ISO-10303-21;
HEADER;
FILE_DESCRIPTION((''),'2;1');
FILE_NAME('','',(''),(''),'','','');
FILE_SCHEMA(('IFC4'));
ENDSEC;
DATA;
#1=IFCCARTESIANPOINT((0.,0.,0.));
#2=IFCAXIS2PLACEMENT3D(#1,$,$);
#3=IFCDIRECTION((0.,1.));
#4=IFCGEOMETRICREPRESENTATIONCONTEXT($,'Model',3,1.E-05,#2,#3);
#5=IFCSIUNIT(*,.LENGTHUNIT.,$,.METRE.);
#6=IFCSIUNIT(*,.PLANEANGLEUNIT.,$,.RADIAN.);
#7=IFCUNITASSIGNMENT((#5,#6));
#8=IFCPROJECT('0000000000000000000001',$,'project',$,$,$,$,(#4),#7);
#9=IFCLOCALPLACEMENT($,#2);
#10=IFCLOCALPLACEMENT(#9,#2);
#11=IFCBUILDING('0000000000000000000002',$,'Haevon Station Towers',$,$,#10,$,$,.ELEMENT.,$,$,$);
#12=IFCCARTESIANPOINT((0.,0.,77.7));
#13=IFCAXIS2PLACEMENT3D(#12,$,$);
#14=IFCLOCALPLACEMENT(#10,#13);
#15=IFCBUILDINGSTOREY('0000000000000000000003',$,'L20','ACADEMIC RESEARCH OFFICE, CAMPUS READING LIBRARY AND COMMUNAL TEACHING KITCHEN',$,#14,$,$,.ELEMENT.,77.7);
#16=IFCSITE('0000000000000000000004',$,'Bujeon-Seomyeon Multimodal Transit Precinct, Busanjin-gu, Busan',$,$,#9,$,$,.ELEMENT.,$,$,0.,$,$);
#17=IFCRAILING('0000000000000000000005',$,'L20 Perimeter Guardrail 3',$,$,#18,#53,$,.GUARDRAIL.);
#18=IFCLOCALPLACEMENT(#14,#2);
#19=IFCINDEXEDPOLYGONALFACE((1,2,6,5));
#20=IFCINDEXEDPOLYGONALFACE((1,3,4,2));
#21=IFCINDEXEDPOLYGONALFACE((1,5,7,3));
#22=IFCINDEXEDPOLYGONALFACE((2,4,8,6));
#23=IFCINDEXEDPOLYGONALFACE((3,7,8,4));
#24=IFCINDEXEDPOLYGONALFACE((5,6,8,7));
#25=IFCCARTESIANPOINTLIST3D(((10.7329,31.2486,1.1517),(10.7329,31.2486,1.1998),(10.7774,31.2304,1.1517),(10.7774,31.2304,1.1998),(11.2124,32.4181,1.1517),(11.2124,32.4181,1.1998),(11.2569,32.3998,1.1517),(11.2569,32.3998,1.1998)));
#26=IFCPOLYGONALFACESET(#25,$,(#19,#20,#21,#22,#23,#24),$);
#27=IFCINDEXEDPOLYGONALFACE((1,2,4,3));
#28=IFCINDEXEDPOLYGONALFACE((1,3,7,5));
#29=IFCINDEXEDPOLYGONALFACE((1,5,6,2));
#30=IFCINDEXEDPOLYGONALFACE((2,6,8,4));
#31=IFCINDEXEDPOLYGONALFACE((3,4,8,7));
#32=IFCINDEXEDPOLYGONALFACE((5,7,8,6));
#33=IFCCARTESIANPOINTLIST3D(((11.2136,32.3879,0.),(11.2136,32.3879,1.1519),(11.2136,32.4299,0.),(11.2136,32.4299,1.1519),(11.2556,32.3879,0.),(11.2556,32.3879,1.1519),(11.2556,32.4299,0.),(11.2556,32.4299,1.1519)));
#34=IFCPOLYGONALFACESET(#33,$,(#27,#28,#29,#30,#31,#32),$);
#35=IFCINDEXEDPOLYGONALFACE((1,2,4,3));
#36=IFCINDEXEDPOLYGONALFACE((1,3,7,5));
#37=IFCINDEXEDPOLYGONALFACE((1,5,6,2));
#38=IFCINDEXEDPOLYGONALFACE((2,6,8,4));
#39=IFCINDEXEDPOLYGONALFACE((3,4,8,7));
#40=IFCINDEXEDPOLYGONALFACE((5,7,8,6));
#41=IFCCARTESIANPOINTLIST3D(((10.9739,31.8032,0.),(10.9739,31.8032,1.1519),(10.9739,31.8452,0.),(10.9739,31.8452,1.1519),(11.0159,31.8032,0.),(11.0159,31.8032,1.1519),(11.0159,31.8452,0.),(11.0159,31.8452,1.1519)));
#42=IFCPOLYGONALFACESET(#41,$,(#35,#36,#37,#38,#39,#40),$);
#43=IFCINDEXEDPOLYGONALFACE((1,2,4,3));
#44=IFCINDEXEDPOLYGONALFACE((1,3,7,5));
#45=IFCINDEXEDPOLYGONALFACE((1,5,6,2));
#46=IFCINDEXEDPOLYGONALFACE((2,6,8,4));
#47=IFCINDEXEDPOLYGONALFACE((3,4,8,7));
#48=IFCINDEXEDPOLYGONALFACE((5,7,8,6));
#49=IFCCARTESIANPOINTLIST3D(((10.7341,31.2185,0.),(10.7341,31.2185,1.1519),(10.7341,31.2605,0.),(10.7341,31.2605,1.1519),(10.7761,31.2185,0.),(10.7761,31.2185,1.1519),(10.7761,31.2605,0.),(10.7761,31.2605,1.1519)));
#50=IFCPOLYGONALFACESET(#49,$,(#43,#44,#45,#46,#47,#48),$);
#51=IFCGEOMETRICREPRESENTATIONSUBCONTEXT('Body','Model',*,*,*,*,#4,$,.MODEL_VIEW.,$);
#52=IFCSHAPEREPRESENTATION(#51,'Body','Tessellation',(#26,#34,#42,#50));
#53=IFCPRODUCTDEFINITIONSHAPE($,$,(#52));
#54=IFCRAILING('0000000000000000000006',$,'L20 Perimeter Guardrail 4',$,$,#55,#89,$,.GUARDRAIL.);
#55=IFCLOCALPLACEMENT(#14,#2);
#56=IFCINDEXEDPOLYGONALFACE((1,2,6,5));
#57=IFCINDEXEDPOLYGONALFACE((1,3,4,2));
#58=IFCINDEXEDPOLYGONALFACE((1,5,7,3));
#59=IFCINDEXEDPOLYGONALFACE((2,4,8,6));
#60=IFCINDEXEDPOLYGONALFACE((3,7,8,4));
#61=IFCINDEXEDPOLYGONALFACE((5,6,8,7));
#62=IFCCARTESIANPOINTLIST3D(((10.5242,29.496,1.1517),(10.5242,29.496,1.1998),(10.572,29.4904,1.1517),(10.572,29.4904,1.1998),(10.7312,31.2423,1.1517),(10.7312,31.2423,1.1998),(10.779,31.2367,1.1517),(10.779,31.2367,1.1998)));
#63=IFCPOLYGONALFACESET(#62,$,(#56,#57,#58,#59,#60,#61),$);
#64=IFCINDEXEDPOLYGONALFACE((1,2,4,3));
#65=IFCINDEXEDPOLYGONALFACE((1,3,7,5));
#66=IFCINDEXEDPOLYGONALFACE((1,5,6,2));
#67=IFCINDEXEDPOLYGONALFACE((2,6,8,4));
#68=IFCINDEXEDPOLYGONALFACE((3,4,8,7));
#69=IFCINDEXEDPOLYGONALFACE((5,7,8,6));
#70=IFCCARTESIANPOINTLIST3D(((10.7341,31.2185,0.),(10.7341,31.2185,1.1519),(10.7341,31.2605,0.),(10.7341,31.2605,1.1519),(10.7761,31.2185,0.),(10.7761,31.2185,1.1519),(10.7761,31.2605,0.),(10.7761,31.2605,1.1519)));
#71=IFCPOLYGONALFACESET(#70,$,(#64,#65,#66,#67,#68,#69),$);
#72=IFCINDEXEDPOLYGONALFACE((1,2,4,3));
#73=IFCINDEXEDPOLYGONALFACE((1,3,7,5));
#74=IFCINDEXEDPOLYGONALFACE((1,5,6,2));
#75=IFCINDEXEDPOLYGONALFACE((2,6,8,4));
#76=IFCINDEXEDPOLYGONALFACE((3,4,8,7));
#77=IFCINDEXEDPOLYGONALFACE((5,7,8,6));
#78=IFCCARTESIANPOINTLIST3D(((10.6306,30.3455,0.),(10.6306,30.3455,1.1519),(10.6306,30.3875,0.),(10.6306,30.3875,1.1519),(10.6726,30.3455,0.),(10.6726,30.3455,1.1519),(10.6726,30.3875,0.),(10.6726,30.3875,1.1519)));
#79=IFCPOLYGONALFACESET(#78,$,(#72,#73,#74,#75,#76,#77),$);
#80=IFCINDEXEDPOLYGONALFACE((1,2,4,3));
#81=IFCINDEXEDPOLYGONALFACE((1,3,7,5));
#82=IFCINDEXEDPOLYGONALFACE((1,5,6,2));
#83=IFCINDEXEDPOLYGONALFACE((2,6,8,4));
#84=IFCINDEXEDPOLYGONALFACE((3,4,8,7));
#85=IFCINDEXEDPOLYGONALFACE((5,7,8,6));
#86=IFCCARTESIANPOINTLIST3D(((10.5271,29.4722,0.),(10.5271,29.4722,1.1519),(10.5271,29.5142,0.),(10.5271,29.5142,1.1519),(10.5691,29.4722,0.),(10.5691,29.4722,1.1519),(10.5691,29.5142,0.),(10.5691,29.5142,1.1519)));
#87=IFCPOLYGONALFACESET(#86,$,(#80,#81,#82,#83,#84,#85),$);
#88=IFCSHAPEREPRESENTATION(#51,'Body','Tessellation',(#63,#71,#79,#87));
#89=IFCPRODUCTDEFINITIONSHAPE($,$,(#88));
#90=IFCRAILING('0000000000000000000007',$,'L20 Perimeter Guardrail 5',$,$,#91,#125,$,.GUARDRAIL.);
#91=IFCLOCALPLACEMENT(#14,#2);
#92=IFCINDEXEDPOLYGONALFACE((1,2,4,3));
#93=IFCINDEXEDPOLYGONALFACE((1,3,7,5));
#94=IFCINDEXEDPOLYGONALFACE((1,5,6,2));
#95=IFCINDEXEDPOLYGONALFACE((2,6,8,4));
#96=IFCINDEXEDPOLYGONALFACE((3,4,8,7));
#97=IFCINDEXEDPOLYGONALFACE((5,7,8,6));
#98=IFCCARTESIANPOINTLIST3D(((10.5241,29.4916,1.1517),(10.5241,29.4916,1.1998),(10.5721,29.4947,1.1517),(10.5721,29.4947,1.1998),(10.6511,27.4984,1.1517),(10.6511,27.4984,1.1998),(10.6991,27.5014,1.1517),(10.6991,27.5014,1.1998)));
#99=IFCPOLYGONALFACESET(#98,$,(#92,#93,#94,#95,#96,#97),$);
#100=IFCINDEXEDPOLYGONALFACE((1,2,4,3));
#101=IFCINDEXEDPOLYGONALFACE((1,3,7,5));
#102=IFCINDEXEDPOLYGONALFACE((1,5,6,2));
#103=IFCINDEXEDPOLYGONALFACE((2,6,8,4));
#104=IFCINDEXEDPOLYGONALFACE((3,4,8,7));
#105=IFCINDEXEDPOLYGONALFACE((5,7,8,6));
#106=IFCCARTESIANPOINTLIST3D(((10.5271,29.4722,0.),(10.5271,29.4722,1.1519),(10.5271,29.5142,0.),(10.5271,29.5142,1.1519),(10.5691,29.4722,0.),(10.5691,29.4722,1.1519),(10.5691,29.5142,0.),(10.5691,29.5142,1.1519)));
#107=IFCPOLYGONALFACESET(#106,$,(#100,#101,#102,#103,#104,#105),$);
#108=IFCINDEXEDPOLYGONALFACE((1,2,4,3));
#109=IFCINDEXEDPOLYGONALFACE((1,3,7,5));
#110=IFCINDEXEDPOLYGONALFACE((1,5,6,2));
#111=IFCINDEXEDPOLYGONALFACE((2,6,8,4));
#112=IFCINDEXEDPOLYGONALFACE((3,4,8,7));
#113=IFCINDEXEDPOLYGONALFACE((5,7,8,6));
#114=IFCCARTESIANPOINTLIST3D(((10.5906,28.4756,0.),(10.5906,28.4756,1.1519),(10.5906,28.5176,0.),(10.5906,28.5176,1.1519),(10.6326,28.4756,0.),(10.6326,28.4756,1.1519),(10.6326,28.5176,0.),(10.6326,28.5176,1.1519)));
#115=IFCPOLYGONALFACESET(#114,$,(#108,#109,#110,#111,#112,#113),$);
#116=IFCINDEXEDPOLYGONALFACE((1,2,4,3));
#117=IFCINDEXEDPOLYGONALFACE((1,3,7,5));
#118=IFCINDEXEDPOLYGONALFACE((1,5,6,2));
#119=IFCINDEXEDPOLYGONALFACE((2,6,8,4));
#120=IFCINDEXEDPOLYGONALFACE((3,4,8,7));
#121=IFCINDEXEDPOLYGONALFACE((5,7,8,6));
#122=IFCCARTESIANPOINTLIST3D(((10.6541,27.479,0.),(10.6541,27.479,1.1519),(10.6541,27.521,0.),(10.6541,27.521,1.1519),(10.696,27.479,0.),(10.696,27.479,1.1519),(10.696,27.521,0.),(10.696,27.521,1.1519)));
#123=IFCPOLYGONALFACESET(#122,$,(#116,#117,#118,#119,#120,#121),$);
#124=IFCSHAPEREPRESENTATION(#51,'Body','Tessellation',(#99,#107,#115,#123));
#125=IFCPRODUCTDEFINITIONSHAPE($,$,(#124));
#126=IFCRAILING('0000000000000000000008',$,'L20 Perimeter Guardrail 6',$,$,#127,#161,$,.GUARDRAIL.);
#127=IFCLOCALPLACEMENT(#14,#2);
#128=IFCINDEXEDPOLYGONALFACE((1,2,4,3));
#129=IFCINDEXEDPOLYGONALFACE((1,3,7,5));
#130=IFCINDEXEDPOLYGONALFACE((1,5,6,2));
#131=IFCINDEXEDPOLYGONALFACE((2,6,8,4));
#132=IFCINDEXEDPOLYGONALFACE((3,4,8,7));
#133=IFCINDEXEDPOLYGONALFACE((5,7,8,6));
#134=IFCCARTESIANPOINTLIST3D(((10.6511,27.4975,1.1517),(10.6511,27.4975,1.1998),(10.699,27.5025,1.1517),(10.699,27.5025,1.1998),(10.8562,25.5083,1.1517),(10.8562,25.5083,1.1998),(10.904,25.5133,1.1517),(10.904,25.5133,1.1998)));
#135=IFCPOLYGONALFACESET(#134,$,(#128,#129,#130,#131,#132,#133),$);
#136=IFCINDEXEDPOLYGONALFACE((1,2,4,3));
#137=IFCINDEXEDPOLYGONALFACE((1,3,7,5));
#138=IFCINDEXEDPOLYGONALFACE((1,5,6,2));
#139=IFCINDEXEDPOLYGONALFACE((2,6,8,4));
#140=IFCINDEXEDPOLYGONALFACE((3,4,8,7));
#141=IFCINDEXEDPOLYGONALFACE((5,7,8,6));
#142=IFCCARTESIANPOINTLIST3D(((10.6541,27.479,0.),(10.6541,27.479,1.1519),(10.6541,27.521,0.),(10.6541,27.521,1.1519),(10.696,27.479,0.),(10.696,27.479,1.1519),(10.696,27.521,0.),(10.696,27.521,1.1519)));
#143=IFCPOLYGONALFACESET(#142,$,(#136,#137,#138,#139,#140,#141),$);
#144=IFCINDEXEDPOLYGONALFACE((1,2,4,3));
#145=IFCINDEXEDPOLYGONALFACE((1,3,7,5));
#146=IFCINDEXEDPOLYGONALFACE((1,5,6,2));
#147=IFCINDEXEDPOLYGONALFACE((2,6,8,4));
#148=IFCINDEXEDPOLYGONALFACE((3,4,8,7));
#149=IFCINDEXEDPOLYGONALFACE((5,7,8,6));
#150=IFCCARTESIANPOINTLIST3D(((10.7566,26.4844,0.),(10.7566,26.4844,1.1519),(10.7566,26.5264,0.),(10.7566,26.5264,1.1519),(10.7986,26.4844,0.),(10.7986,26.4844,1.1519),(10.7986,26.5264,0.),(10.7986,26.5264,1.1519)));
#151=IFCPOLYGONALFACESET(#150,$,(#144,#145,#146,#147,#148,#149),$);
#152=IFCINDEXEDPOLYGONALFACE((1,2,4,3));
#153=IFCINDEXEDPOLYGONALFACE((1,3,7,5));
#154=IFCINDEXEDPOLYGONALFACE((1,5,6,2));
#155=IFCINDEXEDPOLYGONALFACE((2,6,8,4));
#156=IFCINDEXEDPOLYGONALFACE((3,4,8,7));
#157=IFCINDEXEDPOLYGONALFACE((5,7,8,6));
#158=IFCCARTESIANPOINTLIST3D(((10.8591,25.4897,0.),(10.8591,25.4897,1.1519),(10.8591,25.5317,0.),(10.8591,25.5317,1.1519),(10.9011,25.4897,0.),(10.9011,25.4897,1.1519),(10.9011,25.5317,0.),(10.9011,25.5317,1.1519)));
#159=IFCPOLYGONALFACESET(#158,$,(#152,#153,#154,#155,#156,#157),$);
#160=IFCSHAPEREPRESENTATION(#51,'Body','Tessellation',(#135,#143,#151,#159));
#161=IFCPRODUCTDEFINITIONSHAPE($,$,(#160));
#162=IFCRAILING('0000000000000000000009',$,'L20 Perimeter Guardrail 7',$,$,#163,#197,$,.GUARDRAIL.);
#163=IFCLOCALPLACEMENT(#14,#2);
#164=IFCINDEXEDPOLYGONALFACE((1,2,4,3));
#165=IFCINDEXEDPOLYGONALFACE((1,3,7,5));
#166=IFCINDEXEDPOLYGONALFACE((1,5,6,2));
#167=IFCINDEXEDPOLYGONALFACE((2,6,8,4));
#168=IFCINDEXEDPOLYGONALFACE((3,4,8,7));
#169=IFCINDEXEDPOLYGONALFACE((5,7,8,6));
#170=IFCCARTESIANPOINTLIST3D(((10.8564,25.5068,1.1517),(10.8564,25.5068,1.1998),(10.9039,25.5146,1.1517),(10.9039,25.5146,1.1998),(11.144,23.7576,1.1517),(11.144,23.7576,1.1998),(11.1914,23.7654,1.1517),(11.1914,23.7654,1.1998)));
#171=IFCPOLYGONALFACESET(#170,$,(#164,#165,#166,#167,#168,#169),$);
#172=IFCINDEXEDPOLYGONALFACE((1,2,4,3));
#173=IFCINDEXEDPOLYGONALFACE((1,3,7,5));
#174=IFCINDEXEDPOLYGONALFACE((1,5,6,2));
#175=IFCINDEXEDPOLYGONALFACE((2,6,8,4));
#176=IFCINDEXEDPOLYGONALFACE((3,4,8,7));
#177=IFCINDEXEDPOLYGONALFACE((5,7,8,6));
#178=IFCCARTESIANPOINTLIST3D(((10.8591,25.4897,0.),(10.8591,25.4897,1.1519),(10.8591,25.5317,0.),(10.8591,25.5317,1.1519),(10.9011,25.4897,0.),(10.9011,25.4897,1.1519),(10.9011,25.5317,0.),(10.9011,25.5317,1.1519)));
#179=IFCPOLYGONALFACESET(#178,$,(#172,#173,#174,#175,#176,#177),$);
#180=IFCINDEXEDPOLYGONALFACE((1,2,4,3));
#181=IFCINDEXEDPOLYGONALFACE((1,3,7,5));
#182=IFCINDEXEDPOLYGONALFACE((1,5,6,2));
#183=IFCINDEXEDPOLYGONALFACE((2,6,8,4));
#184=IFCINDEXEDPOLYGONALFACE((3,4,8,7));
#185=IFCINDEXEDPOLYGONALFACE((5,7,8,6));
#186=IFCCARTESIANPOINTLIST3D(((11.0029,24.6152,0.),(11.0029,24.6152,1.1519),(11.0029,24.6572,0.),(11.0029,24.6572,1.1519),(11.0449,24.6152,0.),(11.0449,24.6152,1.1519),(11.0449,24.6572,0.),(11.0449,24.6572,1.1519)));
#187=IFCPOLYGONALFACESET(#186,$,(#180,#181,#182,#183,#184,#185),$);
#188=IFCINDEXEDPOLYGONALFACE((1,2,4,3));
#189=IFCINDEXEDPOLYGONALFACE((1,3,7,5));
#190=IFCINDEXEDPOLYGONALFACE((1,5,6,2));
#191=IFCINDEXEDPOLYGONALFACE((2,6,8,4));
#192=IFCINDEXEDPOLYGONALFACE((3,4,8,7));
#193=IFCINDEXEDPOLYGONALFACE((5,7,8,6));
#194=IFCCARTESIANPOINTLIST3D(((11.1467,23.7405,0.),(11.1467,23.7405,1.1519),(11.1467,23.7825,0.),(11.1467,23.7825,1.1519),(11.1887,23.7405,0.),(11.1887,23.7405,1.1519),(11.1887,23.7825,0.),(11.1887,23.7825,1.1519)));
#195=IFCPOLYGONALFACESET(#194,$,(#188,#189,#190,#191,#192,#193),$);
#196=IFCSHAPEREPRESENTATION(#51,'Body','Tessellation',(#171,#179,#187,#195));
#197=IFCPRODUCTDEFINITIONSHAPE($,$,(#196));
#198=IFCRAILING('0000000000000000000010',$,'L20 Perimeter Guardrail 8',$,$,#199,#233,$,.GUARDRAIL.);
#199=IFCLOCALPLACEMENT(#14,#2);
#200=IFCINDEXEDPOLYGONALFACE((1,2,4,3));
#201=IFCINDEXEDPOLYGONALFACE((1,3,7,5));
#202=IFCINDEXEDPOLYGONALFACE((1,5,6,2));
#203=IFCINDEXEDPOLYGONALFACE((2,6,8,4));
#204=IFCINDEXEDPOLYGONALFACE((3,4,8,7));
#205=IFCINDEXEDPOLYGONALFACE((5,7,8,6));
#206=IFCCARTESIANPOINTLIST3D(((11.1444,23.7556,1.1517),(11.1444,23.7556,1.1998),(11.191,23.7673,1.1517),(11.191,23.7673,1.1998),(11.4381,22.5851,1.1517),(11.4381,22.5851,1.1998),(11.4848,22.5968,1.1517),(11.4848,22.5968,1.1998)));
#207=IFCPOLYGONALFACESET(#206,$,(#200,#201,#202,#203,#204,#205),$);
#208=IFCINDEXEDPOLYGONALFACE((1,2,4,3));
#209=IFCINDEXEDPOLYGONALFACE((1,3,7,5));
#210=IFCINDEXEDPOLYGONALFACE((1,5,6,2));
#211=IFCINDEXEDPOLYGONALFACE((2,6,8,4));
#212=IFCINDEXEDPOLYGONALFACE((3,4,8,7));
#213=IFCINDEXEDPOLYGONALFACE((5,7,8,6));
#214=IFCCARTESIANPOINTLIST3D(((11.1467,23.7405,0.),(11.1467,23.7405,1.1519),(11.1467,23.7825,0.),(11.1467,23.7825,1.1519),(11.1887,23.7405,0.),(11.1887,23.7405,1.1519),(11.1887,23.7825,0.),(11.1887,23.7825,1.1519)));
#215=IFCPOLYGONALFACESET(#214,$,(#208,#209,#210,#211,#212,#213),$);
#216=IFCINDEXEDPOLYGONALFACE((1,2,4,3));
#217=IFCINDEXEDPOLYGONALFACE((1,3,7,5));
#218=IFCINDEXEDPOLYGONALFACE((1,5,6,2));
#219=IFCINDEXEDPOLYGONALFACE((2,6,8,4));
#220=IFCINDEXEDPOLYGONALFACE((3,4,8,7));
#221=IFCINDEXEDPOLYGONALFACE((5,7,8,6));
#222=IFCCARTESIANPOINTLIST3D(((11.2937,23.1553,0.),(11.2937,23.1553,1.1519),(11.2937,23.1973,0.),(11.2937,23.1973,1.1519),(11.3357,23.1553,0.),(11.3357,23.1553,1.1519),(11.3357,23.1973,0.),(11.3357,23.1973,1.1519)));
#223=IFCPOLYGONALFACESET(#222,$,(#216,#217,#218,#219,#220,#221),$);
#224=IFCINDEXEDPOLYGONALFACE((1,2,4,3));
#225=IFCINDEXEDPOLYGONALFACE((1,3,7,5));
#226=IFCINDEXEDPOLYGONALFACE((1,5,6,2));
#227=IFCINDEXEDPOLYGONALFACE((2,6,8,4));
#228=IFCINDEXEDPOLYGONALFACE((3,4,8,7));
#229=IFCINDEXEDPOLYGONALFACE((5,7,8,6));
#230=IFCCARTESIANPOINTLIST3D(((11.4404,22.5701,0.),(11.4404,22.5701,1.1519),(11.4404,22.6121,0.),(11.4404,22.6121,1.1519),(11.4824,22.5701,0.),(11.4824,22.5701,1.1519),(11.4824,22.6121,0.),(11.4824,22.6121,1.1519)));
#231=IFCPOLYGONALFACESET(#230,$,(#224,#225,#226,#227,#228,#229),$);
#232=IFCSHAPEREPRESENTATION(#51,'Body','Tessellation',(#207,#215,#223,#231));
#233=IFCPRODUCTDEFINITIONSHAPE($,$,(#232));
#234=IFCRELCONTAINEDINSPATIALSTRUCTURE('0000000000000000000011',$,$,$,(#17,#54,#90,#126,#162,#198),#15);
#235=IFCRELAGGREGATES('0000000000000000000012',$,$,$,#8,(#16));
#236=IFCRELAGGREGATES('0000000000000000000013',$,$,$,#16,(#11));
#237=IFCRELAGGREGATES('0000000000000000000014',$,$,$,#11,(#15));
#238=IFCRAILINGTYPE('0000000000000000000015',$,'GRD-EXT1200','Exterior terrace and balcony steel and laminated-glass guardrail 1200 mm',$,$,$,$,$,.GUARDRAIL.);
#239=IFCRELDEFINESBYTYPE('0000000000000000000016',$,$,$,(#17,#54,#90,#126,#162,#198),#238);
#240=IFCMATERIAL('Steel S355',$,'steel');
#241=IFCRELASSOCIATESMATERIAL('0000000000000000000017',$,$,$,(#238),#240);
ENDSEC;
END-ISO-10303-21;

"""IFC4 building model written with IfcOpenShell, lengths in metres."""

from ifc_helpers import new_model, si_unit, direction, frame, origin, origin_2d, place, context, subcontext, project, spatial, rectangle, extrude, material, type_object, element, save


model = new_model("IFC4")

# Units and contexts
model_context = context("Model", 3, precision=1e-05, world=origin(), true_north=direction((0.0, 1.0)))
body_context = subcontext(model_context, "Body", "Model", "MODEL_VIEW")
ifc_project = project(units=[si_unit("LENGTHUNIT", "METRE"), si_unit("PLANEANGLEUNIT", "RADIAN")], contexts=[model_context])

# Site, building, storey
site_placement = place(None, origin())
site = spatial("IfcSite", under=ifc_project, at=site_placement, Name="Bujeon-Seomyeon Multimodal Transit Precinct, Busanjin-gu, Busan", CompositionType="ELEMENT", RefElevation=0.0)
building_placement = place(site_placement, origin())
building = spatial("IfcBuilding", under=site, at=building_placement, Name="Haevon Station Towers", CompositionType="ELEMENT")
storey_placement = place(building_placement, frame((0.0, 0.0, 77.7)))
storey = spatial("IfcBuildingStorey", under=building, at=storey_placement, Name="L20", Description="ACADEMIC RESEARCH OFFICE, CAMPUS READING LIBRARY AND COMMUNAL TEACHING KITCHEN", CompositionType="ELEMENT", Elevation=77.7)

# Shared definitions
ifc_material_1 = material(Name="Steel S355", Category="steel")

# Railings
railing_type = type_object("IfcRailingType", Name="GRD-EXT1200", Description="Exterior terrace and balcony steel and laminated-glass guardrail 1200 mm", PredefinedType="GUARDRAIL", material=ifc_material_1)
railing_1_placement = place(storey_placement, frame((11.2346, 32.4089, 0.0)))
element("IfcRailing", 1, at=railing_1_placement, inside=storey, type_object=railing_type, Name="L20 Perimeter Guardrail 3", PredefinedType="GUARDRAIL", context=body_context, shape_type="SweptSolid", body=[
    extrude(rectangle(XDim=0.0481, YDim=0.0481, at=origin_2d()), frame((0.0, 0.0, 1.1758), z_axis=(-0.37937, -0.925245, 0.0), x_axis=(0.925245, -0.37937, 0.0)), (0.0, 0.0, 1.0), 1.2639),
    extrude(rectangle(XDim=0.042, YDim=0.042, at=origin_2d()), origin(), (0.0, 0.0, 1.0), 1.1519),
    extrude(rectangle(XDim=0.042, YDim=0.042, at=origin_2d()), frame((-0.2397, -0.5847, 0.0)), (0.0, 0.0, 1.0), 1.1519),
    extrude(rectangle(XDim=0.042, YDim=0.042, at=origin_2d()), frame((-0.4795, -1.1694, 0.0)), (0.0, 0.0, 1.0), 1.1519),
])
railing_2_placement = place(storey_placement, frame((10.7551, 31.2395, 0.0)))
element("IfcRailing", 2, at=railing_2_placement, inside=storey, type_object=railing_type, Name="L20 Perimeter Guardrail 4", PredefinedType="GUARDRAIL", context=body_context, shape_type="SweptSolid", body=[
    extrude(rectangle(XDim=0.0481, YDim=0.0481, at=origin_2d()), frame((0.0, 0.0, 1.1758), z_axis=(-0.117727, -0.993046, 0.0), x_axis=(0.993046, -0.117727, 0.0)), (0.0, 0.0, 1.0), 1.7585),
    extrude(rectangle(XDim=0.042, YDim=0.042, at=origin_2d()), origin(), (0.0, 0.0, 1.0), 1.1519),
    extrude(rectangle(XDim=0.042, YDim=0.042, at=origin_2d()), frame((-0.1035, -0.873, 0.0)), (0.0, 0.0, 1.0), 1.1519),
    extrude(rectangle(XDim=0.042, YDim=0.042, at=origin_2d()), frame((-0.207, -1.7463, 0.0)), (0.0, 0.0, 1.0), 1.1519),
])
railing_3_placement = place(storey_placement, frame((10.5481, 29.4932, 0.0)))
element("IfcRailing", 3, at=railing_3_placement, inside=storey, type_object=railing_type, Name="L20 Perimeter Guardrail 5", PredefinedType="GUARDRAIL", context=body_context, shape_type="SweptSolid", body=[
    extrude(rectangle(XDim=0.0481, YDim=0.0481, at=origin_2d()), frame((0.0, 0.0, 1.1758), z_axis=(0.063565, -0.997978, 0.0), x_axis=(0.997978, 0.063565, 0.0)), (0.0, 0.0, 1.0), 1.9973),
    extrude(rectangle(XDim=0.042, YDim=0.042, at=origin_2d()), origin(), (0.0, 0.0, 1.0), 1.1519),
    extrude(rectangle(XDim=0.042, YDim=0.042, at=origin_2d()), frame((0.0635, -0.9966, 0.0)), (0.0, 0.0, 1.0), 1.1519),
    extrude(rectangle(XDim=0.042, YDim=0.042, at=origin_2d()), frame((0.127, -1.9932, 0.0)), (0.0, 0.0, 1.0), 1.1519),
])
railing_4_placement = place(storey_placement, frame((10.675, 27.5, 0.0)))
element("IfcRailing", 4, at=railing_4_placement, inside=storey, type_object=railing_type, Name="L20 Perimeter Guardrail 6", PredefinedType="GUARDRAIL", context=body_context, shape_type="SweptSolid", body=[
    extrude(rectangle(XDim=0.0481, YDim=0.0481, at=origin_2d()), frame((0.0, 0.0, 1.1758), z_axis=(0.102549, -0.994728, 0.0), x_axis=(0.994728, 0.102549, 0.0)), (0.0, 0.0, 1.0), 1.9998),
    extrude(rectangle(XDim=0.042, YDim=0.042, at=origin_2d()), origin(), (0.0, 0.0, 1.0), 1.1519),
    extrude(rectangle(XDim=0.042, YDim=0.042, at=origin_2d()), frame((0.1025, -0.9946, 0.0)), (0.0, 0.0, 1.0), 1.1519),
    extrude(rectangle(XDim=0.042, YDim=0.042, at=origin_2d()), frame((0.2051, -1.9893, 0.0)), (0.0, 0.0, 1.0), 1.1519),
])
railing_5_placement = place(storey_placement, frame((10.8801, 25.5107, 0.0)))
element("IfcRailing", 5, at=railing_5_placement, inside=storey, type_object=railing_type, Name="L20 Perimeter Guardrail 7", PredefinedType="GUARDRAIL", context=body_context, shape_type="SweptSolid", body=[
    extrude(rectangle(XDim=0.0481, YDim=0.0481, at=origin_2d()), frame((0.0, 0.0, 1.1758), z_axis=(0.162232, -0.986753, 0.0), x_axis=(0.986753, 0.162232, 0.0)), (0.0, 0.0, 1.0), 1.7727),
    extrude(rectangle(XDim=0.042, YDim=0.042, at=origin_2d()), origin(), (0.0, 0.0, 1.0), 1.1519),
    extrude(rectangle(XDim=0.042, YDim=0.042, at=origin_2d()), frame((0.1438, -0.8745, 0.0)), (0.0, 0.0, 1.0), 1.1519),
    extrude(rectangle(XDim=0.042, YDim=0.042, at=origin_2d()), frame((0.2876, -1.7493, 0.0)), (0.0, 0.0, 1.0), 1.1519),
])
railing_6_placement = place(storey_placement, frame((11.1677, 23.7615, 0.0)))
element("IfcRailing", 6, at=railing_6_placement, inside=storey, type_object=railing_type, Name="L20 Perimeter Guardrail 8", PredefinedType="GUARDRAIL", context=body_context, shape_type="SweptSolid", body=[
    extrude(rectangle(XDim=0.0481, YDim=0.0481, at=origin_2d()), frame((0.0, 0.0, 1.1758), z_axis=(0.243392, -0.969928, 0.0), x_axis=(0.969928, 0.243392, 0.0)), (0.0, 0.0, 1.0), 1.2068),
    extrude(rectangle(XDim=0.042, YDim=0.042, at=origin_2d()), origin(), (0.0, 0.0, 1.0), 1.1519),
    extrude(rectangle(XDim=0.042, YDim=0.042, at=origin_2d()), frame((0.147, -0.5852, 0.0)), (0.0, 0.0, 1.0), 1.1519),
    extrude(rectangle(XDim=0.042, YDim=0.042, at=origin_2d()), frame((0.2937, -1.1704, 0.0)), (0.0, 0.0, 1.0), 1.1519),
])

save(model, "model.ifc")
